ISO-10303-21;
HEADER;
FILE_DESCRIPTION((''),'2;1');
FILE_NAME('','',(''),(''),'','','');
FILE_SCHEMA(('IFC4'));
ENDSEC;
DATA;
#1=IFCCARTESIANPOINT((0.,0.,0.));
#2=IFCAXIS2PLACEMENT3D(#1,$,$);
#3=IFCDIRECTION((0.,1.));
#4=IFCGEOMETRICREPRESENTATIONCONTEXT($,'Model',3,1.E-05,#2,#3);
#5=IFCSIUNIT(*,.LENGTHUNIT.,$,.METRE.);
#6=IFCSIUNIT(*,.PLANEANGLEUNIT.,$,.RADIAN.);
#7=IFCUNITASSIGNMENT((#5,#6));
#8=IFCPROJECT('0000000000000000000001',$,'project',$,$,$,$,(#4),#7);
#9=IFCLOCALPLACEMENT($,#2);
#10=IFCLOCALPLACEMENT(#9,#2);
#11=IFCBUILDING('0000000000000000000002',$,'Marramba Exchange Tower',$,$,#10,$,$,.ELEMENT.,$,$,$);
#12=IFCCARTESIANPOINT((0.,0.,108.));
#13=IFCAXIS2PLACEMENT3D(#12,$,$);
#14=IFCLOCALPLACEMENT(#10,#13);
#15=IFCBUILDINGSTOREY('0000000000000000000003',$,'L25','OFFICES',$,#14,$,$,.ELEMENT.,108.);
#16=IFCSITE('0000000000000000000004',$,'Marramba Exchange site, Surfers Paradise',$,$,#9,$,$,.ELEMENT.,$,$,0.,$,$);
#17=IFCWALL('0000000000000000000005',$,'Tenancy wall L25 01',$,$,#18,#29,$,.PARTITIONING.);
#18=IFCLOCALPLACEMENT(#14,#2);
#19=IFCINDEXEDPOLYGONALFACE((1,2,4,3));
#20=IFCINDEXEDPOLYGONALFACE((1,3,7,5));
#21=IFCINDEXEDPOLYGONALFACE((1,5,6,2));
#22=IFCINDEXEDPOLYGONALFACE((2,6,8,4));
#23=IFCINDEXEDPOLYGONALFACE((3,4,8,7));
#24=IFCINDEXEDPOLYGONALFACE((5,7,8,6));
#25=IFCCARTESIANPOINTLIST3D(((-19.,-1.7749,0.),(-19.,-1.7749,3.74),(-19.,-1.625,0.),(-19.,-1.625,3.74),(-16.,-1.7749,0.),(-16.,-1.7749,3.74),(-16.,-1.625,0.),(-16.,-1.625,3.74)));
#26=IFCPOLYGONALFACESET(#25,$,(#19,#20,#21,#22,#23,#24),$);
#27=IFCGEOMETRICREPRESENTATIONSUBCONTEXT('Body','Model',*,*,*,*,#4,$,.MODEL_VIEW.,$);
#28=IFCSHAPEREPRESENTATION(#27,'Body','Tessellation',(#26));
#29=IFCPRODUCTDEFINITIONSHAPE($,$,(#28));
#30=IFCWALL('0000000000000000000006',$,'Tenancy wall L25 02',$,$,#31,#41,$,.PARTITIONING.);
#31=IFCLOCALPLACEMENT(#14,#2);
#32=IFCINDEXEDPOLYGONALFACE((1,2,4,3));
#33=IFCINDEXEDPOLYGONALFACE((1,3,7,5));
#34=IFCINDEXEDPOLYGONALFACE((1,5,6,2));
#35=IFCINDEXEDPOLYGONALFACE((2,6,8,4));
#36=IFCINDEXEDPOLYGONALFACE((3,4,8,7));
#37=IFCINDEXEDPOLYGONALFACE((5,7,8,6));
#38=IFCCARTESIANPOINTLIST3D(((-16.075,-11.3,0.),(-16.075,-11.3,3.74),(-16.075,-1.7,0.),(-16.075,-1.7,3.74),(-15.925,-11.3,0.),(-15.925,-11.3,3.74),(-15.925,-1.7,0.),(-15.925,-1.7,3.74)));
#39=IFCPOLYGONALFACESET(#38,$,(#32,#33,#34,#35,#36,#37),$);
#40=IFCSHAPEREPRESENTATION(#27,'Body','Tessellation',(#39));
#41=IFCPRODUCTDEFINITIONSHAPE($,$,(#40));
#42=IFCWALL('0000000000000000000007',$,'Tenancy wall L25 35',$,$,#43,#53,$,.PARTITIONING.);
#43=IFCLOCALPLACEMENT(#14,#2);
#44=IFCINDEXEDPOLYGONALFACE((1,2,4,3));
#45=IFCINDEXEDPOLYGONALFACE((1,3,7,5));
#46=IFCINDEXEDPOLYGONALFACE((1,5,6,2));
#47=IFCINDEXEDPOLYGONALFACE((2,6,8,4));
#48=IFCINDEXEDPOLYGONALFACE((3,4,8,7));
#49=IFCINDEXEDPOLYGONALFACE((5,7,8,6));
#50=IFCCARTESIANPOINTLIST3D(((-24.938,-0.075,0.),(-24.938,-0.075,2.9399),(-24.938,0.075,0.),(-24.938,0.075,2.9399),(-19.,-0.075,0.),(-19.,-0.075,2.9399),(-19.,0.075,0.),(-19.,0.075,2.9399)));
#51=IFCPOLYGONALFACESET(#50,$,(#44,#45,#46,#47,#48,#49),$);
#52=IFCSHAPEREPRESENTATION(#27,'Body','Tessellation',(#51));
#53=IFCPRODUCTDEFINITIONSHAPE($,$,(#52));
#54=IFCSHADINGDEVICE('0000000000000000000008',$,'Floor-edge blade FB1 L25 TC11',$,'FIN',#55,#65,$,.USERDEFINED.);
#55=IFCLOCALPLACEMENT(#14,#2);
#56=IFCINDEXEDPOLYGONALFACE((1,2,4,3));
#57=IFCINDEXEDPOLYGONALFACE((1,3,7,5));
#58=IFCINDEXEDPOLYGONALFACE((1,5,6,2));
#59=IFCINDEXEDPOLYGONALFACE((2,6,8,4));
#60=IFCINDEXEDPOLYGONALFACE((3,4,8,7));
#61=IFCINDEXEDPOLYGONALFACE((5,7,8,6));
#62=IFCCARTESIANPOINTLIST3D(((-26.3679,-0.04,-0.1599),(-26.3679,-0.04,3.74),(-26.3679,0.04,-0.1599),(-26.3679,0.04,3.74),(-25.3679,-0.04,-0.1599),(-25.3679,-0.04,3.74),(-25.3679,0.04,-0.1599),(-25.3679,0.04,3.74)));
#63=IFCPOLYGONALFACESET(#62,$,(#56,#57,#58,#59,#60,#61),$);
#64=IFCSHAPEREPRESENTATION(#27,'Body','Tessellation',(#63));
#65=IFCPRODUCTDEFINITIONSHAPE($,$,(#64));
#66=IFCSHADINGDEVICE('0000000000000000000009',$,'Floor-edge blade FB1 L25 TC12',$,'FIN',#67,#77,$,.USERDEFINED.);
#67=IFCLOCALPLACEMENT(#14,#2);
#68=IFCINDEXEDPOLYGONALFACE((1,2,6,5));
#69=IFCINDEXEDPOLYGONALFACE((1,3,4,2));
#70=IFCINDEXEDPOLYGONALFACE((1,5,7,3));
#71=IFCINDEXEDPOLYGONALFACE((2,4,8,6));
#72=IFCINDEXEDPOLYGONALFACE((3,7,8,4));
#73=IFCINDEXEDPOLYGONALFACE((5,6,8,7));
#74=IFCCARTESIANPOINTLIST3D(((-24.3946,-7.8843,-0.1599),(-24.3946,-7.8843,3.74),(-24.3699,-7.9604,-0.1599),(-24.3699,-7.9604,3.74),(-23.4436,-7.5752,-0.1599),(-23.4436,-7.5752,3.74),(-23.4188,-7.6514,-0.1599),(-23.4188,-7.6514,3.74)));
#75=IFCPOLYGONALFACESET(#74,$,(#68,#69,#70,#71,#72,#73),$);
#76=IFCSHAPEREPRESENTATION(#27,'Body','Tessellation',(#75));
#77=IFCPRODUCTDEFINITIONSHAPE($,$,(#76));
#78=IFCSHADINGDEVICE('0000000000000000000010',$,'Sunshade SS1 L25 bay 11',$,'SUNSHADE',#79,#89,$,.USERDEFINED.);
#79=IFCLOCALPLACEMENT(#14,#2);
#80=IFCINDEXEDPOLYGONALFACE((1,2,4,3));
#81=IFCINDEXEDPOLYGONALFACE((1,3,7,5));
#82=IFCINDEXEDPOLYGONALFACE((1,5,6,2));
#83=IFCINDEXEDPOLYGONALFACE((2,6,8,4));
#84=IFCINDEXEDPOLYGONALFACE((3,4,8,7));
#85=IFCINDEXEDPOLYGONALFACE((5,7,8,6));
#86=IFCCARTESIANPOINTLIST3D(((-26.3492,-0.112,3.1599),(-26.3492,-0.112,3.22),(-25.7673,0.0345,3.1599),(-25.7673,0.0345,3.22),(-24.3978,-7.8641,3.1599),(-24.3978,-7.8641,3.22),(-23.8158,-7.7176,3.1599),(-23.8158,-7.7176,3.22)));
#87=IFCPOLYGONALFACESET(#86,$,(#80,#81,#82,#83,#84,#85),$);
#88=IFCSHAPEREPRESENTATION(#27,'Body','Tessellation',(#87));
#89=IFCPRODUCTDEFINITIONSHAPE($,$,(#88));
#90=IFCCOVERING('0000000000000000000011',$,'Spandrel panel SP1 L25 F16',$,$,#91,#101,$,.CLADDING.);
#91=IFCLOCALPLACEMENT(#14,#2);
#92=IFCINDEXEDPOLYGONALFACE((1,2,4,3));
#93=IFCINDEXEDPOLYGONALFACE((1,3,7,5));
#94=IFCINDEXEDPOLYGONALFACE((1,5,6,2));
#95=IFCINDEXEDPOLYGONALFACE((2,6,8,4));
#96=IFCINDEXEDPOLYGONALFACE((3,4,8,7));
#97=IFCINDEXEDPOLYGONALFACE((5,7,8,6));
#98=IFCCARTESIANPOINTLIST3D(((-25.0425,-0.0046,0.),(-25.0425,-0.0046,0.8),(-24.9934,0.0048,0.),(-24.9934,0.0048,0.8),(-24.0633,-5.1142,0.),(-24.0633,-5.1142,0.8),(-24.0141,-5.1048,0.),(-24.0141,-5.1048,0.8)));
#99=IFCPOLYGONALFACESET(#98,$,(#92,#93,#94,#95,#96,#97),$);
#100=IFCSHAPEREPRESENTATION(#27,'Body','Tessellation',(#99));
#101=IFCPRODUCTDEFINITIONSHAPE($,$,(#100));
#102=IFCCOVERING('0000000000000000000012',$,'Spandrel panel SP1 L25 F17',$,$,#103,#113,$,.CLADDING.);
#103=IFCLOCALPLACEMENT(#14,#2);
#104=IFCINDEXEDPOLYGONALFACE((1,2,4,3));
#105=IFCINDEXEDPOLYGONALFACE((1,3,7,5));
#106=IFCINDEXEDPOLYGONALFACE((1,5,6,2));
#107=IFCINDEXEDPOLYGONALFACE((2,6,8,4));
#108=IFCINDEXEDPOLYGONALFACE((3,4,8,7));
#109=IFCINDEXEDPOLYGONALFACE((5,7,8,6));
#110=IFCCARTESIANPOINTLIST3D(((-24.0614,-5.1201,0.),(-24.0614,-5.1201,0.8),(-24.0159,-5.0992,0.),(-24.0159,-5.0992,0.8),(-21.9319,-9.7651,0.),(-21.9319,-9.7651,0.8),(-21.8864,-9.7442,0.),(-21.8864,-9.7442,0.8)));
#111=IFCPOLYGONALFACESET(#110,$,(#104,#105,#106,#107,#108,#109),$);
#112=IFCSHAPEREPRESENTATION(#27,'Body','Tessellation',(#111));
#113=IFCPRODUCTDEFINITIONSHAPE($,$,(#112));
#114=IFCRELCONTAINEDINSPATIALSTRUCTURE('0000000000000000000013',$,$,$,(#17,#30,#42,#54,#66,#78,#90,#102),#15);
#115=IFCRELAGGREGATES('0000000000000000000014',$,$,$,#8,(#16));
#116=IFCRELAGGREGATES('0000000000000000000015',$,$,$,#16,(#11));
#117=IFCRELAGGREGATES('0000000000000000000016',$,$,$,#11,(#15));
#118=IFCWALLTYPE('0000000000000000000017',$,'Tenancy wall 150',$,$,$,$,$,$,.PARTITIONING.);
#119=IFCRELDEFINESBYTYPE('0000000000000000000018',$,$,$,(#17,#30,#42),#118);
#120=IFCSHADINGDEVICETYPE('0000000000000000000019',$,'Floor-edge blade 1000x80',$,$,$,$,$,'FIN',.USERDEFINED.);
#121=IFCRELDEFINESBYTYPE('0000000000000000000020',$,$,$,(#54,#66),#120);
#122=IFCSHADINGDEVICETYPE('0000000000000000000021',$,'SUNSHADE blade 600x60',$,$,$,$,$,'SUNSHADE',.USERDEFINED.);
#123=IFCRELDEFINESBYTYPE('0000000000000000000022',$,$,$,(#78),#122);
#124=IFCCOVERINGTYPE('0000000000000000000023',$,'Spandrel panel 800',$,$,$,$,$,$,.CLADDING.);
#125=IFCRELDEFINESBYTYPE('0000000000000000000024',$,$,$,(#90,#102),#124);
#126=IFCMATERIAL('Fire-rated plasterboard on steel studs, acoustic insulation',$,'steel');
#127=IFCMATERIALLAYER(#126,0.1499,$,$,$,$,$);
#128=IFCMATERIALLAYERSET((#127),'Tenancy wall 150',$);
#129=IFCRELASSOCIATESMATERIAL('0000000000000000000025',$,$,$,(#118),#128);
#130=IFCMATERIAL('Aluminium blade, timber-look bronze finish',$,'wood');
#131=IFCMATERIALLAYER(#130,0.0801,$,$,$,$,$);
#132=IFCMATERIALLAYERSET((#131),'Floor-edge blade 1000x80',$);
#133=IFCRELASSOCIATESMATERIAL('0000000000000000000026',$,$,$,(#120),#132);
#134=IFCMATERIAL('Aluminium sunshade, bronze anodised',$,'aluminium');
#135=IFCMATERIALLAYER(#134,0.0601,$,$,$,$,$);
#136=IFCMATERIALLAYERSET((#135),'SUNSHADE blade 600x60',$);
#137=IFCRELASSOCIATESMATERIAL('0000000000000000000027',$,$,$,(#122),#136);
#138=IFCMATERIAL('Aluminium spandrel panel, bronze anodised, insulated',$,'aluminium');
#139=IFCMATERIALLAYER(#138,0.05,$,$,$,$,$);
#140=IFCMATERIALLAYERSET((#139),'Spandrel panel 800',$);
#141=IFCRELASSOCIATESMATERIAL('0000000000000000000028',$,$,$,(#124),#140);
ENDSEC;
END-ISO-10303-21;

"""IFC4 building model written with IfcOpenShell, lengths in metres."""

from ifc_helpers import new_model, si_unit, direction, frame, frame_2d, origin, origin_2d, place, context, subcontext, project, spatial, rectangle, extrude, material, layer, layer_set, type_object, element, save


model = new_model("IFC4")

# Units and contexts
model_context = context("Model", 3, precision=1e-05, world=origin(), true_north=direction((0.0, 1.0)))
body_context = subcontext(model_context, "Body", "Model", "MODEL_VIEW")
ifc_project = project(units=[si_unit("LENGTHUNIT", "METRE"), si_unit("PLANEANGLEUNIT", "RADIAN")], contexts=[model_context])

# Site, building, storey
site_placement = place(None, origin())
site = spatial("IfcSite", under=ifc_project, at=site_placement, Name="Marramba Exchange site, Surfers Paradise", CompositionType="ELEMENT", RefElevation=0.0)
building_placement = place(site_placement, origin())
building = spatial("IfcBuilding", under=site, at=building_placement, Name="Marramba Exchange Tower", CompositionType="ELEMENT")
storey_placement = place(building_placement, frame((0.0, 0.0, 108.0)))
storey = spatial("IfcBuildingStorey", under=building, at=storey_placement, Name="L25", Description="OFFICES", CompositionType="ELEMENT", Elevation=108.0)

# Walls
ifc_material_1 = material(Name="Fire-rated plasterboard on steel studs, acoustic insulation", Category="steel")
ifc_layer_1 = layer(ifc_material_1, 0.1499)
ifc_layer_set_1 = layer_set([ifc_layer_1], Name="Tenancy wall 150")
wall_type = type_object("IfcWallType", Name="Tenancy wall 150", PredefinedType="PARTITIONING", material=ifc_layer_set_1)
wall_1_placement = place(storey_placement, frame((-19.0, -1.7, 0.0), z_axis=(0.0, 0.0, 1.0), x_axis=(1.0, 0.0, 0.0)))
element("IfcWall", 1, at=wall_1_placement, inside=storey, type_object=wall_type, Name="Tenancy wall L25 01", PredefinedType="PARTITIONING", context=body_context, shape_type="SweptSolid", body=[
    extrude(rectangle(XDim=3.0, YDim=0.1499, at=frame_2d((1.5, 0.0))), origin(), (0.0, 0.0, 1.0), 3.74),
])
wall_2_placement = place(storey_placement, frame((-16.0, -1.7, 0.0), z_axis=(0.0, 0.0, 1.0), x_axis=(0.0, -1.0, 0.0)))
element("IfcWall", 2, at=wall_2_placement, inside=storey, type_object=wall_type, Name="Tenancy wall L25 02", PredefinedType="PARTITIONING", context=body_context, shape_type="SweptSolid", body=[
    extrude(rectangle(XDim=9.6001, YDim=0.1499, at=frame_2d((4.8, 0.0))), origin(), (0.0, 0.0, 1.0), 3.74),
])
wall_3_placement = place(storey_placement, frame((-24.938, 0.0, 0.0), z_axis=(0.0, 0.0, 1.0), x_axis=(1.0, 0.0, 0.0)))
element("IfcWall", 3, at=wall_3_placement, inside=storey, type_object=wall_type, Name="Tenancy wall L25 35", PredefinedType="PARTITIONING", context=body_context, shape_type="SweptSolid", body=[
    extrude(rectangle(XDim=5.938, YDim=0.1499, at=frame_2d((2.969, 0.0))), origin(), (0.0, 0.0, 1.0), 2.9399),
])

# Shading devices
ifc_material_2 = material(Name="Aluminium blade, timber-look bronze finish", Category="wood")
ifc_layer_2 = layer(ifc_material_2, 0.0801)
ifc_layer_set_2 = layer_set([ifc_layer_2], Name="Floor-edge blade 1000x80")
shading_device_type_1 = type_object("IfcShadingDeviceType", Name="Floor-edge blade 1000x80", ElementType="FIN", PredefinedType="USERDEFINED", material=ifc_layer_set_2)
for number, where, z_axis, x_axis, name in (
    (4, (-25.8679, 0.0, -0.1599), (0.0, 0.0, 1.0), (-1.0, 0.0, 0.0), "Floor-edge blade FB1 L25 TC11"),
    (5, (-23.9067, -7.7678, -0.1599), (0.0, 0.0, 1.0), (-0.951057, -0.309017, 0.0), "Floor-edge blade FB1 L25 TC12"),
):
    element("IfcShadingDevice", number, at=place(storey_placement, frame(where, z_axis=z_axis, x_axis=x_axis)), inside=storey, type_object=shading_device_type_1, Name=name, ObjectType="FIN", PredefinedType="USERDEFINED", context=body_context, shape_type="SweptSolid", body=[
        extrude(rectangle(XDim=1.0, YDim=0.0801, at=origin_2d()), origin(), (0.0, 0.0, 1.0), 3.8999),
    ])
ifc_material_3 = material(Name="Aluminium sunshade, bronze anodised", Category="aluminium")
ifc_layer_3 = layer(ifc_material_3, 0.0601)
ifc_layer_set_3 = layer_set([ifc_layer_3], Name="SUNSHADE blade 600x60")
shading_device_type_2 = type_object("IfcShadingDeviceType", Name="SUNSHADE blade 600x60", ElementType="SUNSHADE", PredefinedType="USERDEFINED", material=ifc_layer_set_3)
shading_device_placement = place(storey_placement, frame((-25.0825, -3.9148, 3.1599), z_axis=(0.0, 0.0, 1.0), x_axis=(0.244117, -0.969746, 0.0)))
element("IfcShadingDevice", 6, at=shading_device_placement, inside=storey, type_object=shading_device_type_2, Name="Sunshade SS1 L25 bay 11", ObjectType="SUNSHADE", PredefinedType="USERDEFINED", context=body_context, shape_type="SweptSolid", body=[
    extrude(rectangle(XDim=7.9939, YDim=0.6001, at=origin_2d()), origin(), (0.0, 0.0, 1.0), 0.0601),
])

# Coverings
ifc_material_4 = material(Name="Aluminium spandrel panel, bronze anodised, insulated", Category="aluminium")
ifc_layer_4 = layer(ifc_material_4, 0.05)
ifc_layer_set_4 = layer_set([ifc_layer_4], Name="Spandrel panel 800")
covering_type = type_object("IfcCoveringType", Name="Spandrel panel 800", PredefinedType="CLADDING", material=ifc_layer_set_4)
covering_1_placement = place(storey_placement, frame((-24.5283, -2.5547, 0.0), z_axis=(0.0, 0.0, 1.0), x_axis=(0.188227, -0.982126, 0.0)))
element("IfcCovering", 7, at=covering_1_placement, inside=storey, type_object=covering_type, Name="Spandrel panel SP1 L25 F16", PredefinedType="CLADDING", context=body_context, shape_type="SweptSolid", body=[
    extrude(rectangle(XDim=5.2026, YDim=0.05, at=origin_2d()), origin(), (0.0, 0.0, 1.0), 0.8),
])
covering_2_placement = place(storey_placement, frame((-22.9739, -7.4321, 0.0), z_axis=(0.0, 0.0, 1.0), x_axis=(0.416738, -0.909027, 0.0)))
element("IfcCovering", 8, at=covering_2_placement, inside=storey, type_object=covering_type, Name="Spandrel panel SP1 L25 F17", PredefinedType="CLADDING", context=body_context, shape_type="SweptSolid", body=[
    extrude(rectangle(XDim=5.1099, YDim=0.05, at=origin_2d()), origin(), (0.0, 0.0, 1.0), 0.8),
])

save(model, "model.ifc")
